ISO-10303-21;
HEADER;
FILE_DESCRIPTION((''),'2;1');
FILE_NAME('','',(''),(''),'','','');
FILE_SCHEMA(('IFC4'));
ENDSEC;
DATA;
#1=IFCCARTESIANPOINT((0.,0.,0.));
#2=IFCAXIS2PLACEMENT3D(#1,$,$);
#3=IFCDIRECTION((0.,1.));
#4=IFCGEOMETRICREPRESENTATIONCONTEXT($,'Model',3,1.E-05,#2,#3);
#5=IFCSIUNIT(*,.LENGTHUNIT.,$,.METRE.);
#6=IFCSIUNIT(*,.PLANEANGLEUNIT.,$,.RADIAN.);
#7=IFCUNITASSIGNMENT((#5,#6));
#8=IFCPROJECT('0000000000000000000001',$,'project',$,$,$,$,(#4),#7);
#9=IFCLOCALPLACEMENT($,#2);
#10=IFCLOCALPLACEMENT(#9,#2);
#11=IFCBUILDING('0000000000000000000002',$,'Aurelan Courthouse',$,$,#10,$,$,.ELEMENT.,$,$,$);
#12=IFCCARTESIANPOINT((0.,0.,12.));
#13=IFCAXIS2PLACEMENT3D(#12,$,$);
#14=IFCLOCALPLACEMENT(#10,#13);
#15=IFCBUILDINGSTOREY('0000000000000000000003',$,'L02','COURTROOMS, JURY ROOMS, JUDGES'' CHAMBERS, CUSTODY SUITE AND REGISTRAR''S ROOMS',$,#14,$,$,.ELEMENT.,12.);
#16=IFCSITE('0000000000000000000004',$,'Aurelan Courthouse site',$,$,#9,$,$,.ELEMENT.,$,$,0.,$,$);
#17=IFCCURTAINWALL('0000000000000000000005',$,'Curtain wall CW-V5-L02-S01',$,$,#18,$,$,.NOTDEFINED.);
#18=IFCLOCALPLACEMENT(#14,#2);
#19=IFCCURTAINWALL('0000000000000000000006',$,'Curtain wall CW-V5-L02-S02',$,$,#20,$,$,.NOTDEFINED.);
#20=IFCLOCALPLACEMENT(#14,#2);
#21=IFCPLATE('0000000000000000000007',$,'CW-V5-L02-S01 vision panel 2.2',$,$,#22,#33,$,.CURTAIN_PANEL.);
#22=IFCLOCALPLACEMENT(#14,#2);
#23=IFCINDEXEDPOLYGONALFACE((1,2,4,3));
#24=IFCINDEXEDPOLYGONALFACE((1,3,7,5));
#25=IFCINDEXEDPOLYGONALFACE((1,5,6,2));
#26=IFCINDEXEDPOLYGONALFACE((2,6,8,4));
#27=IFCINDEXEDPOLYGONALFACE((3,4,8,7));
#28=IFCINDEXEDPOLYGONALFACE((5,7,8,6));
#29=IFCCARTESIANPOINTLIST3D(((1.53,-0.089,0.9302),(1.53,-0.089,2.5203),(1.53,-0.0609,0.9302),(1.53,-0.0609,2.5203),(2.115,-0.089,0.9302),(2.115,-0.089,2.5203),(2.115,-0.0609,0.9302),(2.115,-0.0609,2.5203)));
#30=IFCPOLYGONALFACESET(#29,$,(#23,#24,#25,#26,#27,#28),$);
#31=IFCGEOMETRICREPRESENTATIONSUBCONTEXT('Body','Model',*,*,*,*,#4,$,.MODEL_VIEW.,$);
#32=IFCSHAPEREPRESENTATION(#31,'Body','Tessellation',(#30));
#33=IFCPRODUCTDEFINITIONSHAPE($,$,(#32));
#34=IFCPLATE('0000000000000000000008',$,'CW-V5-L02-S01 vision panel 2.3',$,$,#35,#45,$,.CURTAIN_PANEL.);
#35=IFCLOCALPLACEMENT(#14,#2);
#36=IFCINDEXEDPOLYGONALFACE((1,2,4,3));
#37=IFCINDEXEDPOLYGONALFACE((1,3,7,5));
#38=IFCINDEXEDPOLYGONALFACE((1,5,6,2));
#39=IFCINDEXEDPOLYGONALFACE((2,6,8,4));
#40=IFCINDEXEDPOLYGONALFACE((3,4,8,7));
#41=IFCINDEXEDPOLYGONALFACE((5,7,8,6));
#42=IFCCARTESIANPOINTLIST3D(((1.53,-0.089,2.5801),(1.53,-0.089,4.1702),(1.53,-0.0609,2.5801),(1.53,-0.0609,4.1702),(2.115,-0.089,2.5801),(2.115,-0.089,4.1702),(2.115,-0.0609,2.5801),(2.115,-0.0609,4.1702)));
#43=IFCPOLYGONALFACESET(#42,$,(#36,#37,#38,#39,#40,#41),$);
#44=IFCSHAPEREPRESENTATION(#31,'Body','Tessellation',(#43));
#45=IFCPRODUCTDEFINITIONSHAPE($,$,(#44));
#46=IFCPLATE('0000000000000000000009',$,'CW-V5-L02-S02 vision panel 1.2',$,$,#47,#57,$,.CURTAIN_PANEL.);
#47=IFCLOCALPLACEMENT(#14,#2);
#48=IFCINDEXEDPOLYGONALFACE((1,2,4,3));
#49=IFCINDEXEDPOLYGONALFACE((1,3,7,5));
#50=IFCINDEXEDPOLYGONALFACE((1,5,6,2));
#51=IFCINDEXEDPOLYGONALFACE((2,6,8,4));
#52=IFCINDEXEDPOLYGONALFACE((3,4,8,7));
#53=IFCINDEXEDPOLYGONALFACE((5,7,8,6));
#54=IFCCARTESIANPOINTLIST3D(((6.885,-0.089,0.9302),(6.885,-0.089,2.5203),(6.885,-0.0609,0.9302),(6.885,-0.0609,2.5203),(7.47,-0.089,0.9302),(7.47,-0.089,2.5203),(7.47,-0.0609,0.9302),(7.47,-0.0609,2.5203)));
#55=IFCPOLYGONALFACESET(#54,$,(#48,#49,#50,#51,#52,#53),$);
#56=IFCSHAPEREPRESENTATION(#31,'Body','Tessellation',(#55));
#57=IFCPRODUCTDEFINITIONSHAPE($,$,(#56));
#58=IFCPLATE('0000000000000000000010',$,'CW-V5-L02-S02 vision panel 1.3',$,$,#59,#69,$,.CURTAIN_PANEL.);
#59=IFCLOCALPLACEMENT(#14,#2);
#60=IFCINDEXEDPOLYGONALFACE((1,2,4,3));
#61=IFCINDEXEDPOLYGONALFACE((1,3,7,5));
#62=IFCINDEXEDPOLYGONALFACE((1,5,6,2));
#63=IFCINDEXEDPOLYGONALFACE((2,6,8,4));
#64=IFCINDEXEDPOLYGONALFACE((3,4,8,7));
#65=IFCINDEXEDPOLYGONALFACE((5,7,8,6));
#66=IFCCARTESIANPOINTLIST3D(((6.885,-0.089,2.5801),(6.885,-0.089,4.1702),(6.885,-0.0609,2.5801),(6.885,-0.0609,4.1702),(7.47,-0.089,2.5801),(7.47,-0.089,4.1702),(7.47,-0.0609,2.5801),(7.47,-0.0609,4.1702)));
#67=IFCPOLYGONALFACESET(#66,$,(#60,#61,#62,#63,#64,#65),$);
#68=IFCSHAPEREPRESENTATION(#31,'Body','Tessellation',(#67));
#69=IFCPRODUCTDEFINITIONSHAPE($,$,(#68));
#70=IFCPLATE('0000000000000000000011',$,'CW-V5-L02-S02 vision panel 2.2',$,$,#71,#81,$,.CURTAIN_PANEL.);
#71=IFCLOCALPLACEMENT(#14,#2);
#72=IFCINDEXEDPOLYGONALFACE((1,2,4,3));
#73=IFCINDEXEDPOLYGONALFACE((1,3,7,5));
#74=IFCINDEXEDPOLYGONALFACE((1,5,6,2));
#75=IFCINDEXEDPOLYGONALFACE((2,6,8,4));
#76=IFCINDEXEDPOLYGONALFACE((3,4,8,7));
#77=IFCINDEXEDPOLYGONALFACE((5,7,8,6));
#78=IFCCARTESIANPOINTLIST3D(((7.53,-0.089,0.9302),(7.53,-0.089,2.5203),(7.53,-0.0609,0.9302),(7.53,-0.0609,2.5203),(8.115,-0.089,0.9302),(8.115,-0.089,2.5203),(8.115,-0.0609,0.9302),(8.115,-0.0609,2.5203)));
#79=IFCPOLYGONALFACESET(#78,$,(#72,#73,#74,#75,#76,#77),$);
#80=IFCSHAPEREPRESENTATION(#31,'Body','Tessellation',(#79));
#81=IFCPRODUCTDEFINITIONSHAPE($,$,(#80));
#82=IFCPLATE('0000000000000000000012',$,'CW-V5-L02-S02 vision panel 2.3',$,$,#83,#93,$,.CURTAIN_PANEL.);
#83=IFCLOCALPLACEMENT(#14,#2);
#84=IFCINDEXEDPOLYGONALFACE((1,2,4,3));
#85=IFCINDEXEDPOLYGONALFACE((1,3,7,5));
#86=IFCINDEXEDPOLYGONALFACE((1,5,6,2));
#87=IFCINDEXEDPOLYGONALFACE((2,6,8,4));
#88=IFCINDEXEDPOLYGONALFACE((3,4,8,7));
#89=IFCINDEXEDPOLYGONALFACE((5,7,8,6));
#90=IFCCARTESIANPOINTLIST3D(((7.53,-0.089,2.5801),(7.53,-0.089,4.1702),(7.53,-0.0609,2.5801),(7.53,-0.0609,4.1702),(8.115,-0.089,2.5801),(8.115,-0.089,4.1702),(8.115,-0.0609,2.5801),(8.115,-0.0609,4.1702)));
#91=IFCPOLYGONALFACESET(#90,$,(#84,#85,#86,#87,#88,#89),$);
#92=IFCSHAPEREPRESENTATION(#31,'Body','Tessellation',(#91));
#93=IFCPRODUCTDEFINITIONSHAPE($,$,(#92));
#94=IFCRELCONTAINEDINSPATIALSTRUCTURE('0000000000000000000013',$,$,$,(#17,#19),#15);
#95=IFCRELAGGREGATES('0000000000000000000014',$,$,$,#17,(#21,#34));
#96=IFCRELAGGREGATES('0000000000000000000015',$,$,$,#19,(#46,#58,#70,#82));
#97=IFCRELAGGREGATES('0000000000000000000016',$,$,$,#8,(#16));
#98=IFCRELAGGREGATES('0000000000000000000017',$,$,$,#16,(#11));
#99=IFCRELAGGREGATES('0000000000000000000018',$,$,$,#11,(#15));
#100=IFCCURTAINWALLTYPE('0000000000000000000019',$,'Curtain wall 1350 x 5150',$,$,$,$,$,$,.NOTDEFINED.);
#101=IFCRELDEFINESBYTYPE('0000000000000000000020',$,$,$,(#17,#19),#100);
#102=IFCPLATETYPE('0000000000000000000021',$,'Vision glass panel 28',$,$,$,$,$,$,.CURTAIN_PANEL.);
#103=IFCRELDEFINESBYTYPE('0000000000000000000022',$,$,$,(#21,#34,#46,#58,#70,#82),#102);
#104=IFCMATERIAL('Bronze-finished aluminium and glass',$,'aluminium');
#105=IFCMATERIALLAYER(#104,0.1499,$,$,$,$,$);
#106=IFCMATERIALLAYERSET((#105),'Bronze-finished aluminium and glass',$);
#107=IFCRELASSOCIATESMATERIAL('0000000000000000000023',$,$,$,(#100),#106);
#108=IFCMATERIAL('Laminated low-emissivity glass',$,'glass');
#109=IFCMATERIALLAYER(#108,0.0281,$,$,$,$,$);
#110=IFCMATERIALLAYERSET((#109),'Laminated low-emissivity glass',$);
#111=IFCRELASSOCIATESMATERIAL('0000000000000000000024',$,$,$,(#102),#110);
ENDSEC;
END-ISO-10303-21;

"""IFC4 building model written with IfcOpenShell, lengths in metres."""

from ifc_helpers import new_model, si_unit, direction, frame, origin, origin_2d, place, context, subcontext, project, spatial, rectangle, extrude, material, layer, layer_set, type_object, element, aggregate, save


model = new_model("IFC4")

# Units and contexts
model_context = context("Model", 3, precision=1e-05, world=origin(), true_north=direction((0.0, 1.0)))
body_context = subcontext(model_context, "Body", "Model", "MODEL_VIEW")
ifc_project = project(units=[si_unit("LENGTHUNIT", "METRE"), si_unit("PLANEANGLEUNIT", "RADIAN")], contexts=[model_context])

# Site, building, storey
site_placement = place(None, origin())
site = spatial("IfcSite", under=ifc_project, at=site_placement, Name="Aurelan Courthouse site", CompositionType="ELEMENT", RefElevation=0.0)
building_placement = place(site_placement, origin())
building = spatial("IfcBuilding", under=site, at=building_placement, Name="Aurelan Courthouse", CompositionType="ELEMENT")
storey_placement = place(building_placement, frame((0.0, 0.0, 12.0)))
storey = spatial("IfcBuildingStorey", under=building, at=storey_placement, Name="L02", Description="COURTROOMS, JURY ROOMS, JUDGES' CHAMBERS, CUSTODY SUITE AND REGISTRAR'S ROOMS", CompositionType="ELEMENT", Elevation=12.0)

# Curtain walls
ifc_material_1 = material(Name="Bronze-finished aluminium and glass", Category="aluminium")
ifc_layer_1 = layer(ifc_material_1, 0.1499)
ifc_layer_set_1 = layer_set([ifc_layer_1], Name="Bronze-finished aluminium and glass")
curtain_wall_type = type_object("IfcCurtainWallType", Name="Curtain wall 1350 x 5150", PredefinedType="NOTDEFINED", material=ifc_layer_set_1)
curtain_wall_1_placement = place(storey_placement, origin())
curtain_wall_1 = element("IfcCurtainWall", 1, at=curtain_wall_1_placement, inside=storey, type_object=curtain_wall_type, Name="Curtain wall CW-V5-L02-S01", PredefinedType="NOTDEFINED")
curtain_wall_2_placement = place(storey_placement, origin())
curtain_wall_2 = element("IfcCurtainWall", 2, at=curtain_wall_2_placement, inside=storey, type_object=curtain_wall_type, Name="Curtain wall CW-V5-L02-S02", PredefinedType="NOTDEFINED")

# Plates
ifc_material_2 = material(Name="Laminated low-emissivity glass", Category="glass")
ifc_layer_2 = layer(ifc_material_2, 0.0281)
ifc_layer_set_2 = layer_set([ifc_layer_2], Name="Laminated low-emissivity glass")
plate_type_1 = type_object("IfcPlateType", Name="Vision glass panel 28", PredefinedType="CURTAIN_PANEL", material=ifc_layer_set_2)
plate_1_placement = place(storey_placement, frame((1.8225, -0.075, 0.9302), z_axis=(0.0, 0.0, 1.0), x_axis=(1.0, 0.0, 0.0)))
plate_1 = element("IfcPlate", 3, at=plate_1_placement, type_object=plate_type_1, Name="CW-V5-L02-S01 vision panel 2.2", PredefinedType="CURTAIN_PANEL", context=body_context, shape_type="SweptSolid", body=[
    extrude(rectangle(XDim=0.585, YDim=0.0281, at=origin_2d()), origin(), (0.0, 0.0, 1.0), 1.5901),
])
plate_2_placement = place(storey_placement, frame((1.8225, -0.075, 2.5801), z_axis=(0.0, 0.0, 1.0), x_axis=(1.0, 0.0, 0.0)))
plate_2 = element("IfcPlate", 4, at=plate_2_placement, type_object=plate_type_1, Name="CW-V5-L02-S01 vision panel 2.3", PredefinedType="CURTAIN_PANEL", context=body_context, shape_type="SweptSolid", body=[
    extrude(rectangle(XDim=0.585, YDim=0.0281, at=origin_2d()), origin(), (0.0, 0.0, 1.0), 1.5901),
])
aggregate(curtain_wall_1, [plate_1, plate_2])
plate_3_placement = place(storey_placement, frame((7.1775, -0.075, 0.9302), z_axis=(0.0, 0.0, 1.0), x_axis=(1.0, 0.0, 0.0)))
plate_3 = element("IfcPlate", 5, at=plate_3_placement, type_object=plate_type_1, Name="CW-V5-L02-S02 vision panel 1.2", PredefinedType="CURTAIN_PANEL", context=body_context, shape_type="SweptSolid", body=[
    extrude(rectangle(XDim=0.585, YDim=0.0281, at=origin_2d()), origin(), (0.0, 0.0, 1.0), 1.5901),
])
plate_4_placement = place(storey_placement, frame((7.1775, -0.075, 2.5801), z_axis=(0.0, 0.0, 1.0), x_axis=(1.0, 0.0, 0.0)))
plate_4 = element("IfcPlate", 6, at=plate_4_placement, type_object=plate_type_1, Name="CW-V5-L02-S02 vision panel 1.3", PredefinedType="CURTAIN_PANEL", context=body_context, shape_type="SweptSolid", body=[
    extrude(rectangle(XDim=0.585, YDim=0.0281, at=origin_2d()), origin(), (0.0, 0.0, 1.0), 1.5901),
])
plate_5_placement = place(storey_placement, frame((7.8225, -0.075, 0.9302), z_axis=(0.0, 0.0, 1.0), x_axis=(1.0, 0.0, 0.0)))
plate_5 = element("IfcPlate", 7, at=plate_5_placement, type_object=plate_type_1, Name="CW-V5-L02-S02 vision panel 2.2", PredefinedType="CURTAIN_PANEL", context=body_context, shape_type="SweptSolid", body=[
    extrude(rectangle(XDim=0.585, YDim=0.0281, at=origin_2d()), origin(), (0.0, 0.0, 1.0), 1.5901),
])
plate_6_placement = place(storey_placement, frame((7.8225, -0.075, 2.5801), z_axis=(0.0, 0.0, 1.0), x_axis=(1.0, 0.0, 0.0)))
plate_6 = element("IfcPlate", 8, at=plate_6_placement, type_object=plate_type_1, Name="CW-V5-L02-S02 vision panel 2.3", PredefinedType="CURTAIN_PANEL", context=body_context, shape_type="SweptSolid", body=[
    extrude(rectangle(XDim=0.585, YDim=0.0281, at=origin_2d()), origin(), (0.0, 0.0, 1.0), 1.5901),
])
aggregate(curtain_wall_2, [plate_3, plate_4, plate_5, plate_6])

save(model, "model.ifc")
